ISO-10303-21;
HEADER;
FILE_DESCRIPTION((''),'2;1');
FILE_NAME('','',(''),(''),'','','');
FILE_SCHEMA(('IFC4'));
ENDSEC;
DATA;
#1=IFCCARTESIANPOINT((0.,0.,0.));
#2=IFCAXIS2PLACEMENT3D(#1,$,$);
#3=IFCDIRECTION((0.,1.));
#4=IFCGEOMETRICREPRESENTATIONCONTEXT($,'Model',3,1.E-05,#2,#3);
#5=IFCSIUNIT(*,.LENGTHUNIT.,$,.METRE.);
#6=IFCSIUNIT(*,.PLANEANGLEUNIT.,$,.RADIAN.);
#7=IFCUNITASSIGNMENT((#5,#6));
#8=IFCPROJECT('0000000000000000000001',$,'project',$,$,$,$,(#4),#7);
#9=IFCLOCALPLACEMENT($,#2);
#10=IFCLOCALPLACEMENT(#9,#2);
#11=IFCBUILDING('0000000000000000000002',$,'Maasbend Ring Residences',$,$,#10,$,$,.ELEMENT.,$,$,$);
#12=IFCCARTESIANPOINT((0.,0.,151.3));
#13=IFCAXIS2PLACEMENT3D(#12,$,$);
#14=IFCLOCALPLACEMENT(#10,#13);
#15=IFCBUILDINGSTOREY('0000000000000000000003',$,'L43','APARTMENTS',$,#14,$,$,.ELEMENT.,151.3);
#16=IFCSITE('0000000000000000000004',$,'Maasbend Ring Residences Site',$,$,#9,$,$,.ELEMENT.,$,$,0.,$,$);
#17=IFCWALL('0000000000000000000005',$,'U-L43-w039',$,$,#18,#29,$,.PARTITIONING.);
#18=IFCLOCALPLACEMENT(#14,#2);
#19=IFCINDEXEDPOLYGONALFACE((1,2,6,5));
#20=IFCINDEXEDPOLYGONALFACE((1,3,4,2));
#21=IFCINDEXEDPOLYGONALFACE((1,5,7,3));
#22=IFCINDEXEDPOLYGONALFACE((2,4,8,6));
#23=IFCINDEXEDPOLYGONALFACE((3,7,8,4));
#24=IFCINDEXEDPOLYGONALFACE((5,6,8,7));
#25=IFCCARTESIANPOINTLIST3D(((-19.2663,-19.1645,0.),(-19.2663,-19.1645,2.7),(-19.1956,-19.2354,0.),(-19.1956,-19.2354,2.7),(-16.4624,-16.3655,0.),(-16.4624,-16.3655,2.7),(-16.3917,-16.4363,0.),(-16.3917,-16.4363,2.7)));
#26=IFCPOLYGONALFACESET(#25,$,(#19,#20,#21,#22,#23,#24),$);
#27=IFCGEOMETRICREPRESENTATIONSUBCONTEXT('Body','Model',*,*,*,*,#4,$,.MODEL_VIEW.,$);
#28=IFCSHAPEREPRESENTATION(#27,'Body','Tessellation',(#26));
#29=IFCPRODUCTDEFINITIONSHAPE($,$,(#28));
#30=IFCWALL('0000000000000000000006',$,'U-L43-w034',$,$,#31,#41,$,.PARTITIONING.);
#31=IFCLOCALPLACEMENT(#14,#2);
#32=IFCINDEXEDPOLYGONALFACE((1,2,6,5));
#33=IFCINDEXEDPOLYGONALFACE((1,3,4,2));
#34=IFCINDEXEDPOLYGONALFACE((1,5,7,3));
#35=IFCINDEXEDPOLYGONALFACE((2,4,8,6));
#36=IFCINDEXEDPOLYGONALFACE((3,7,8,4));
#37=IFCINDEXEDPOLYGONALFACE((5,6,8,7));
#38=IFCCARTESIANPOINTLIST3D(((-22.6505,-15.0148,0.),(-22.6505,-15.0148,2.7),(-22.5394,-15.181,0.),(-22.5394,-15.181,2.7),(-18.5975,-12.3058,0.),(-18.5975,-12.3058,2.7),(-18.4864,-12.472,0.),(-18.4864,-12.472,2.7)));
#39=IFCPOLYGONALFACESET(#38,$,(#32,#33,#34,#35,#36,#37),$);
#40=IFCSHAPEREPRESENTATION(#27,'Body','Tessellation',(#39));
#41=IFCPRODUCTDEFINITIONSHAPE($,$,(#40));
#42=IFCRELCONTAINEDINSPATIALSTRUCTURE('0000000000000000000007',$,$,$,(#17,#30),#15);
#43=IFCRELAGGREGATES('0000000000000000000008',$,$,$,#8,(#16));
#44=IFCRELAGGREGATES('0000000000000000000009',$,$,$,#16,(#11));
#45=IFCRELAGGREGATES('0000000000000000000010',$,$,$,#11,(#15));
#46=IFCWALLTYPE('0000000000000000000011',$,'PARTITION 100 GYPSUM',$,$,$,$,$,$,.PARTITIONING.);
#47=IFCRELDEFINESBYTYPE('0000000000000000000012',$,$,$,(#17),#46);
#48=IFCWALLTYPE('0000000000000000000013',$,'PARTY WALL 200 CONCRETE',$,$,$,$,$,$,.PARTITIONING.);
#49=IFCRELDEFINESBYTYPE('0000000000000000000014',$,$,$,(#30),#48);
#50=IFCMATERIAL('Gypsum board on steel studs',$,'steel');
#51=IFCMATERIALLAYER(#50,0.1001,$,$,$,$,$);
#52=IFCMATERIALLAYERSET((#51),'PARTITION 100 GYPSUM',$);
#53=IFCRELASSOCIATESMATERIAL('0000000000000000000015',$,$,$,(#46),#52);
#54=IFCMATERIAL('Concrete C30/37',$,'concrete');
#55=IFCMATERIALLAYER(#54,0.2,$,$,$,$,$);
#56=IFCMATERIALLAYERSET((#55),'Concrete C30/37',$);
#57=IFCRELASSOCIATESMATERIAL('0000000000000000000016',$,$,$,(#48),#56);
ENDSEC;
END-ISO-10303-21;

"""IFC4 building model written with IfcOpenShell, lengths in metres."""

from ifc_helpers import new_model, si_unit, direction, frame, frame_2d, origin, place, context, subcontext, project, spatial, rectangle, extrude, material, layer, layer_set, type_object, element, save


model = new_model("IFC4")

# Units and contexts
model_context = context("Model", 3, precision=1e-05, world=origin(), true_north=direction((0.0, 1.0)))
body_context = subcontext(model_context, "Body", "Model", "MODEL_VIEW")
ifc_project = project(units=[si_unit("LENGTHUNIT", "METRE"), si_unit("PLANEANGLEUNIT", "RADIAN")], contexts=[model_context])

# Site, building, storey
site_placement = place(None, origin())
site = spatial("IfcSite", under=ifc_project, at=site_placement, Name="Maasbend Ring Residences Site", CompositionType="ELEMENT", RefElevation=0.0)
building_placement = place(site_placement, origin())
building = spatial("IfcBuilding", under=site, at=building_placement, Name="Maasbend Ring Residences", CompositionType="ELEMENT")
storey_placement = place(building_placement, frame((0.0, 0.0, 151.3)))
storey = spatial("IfcBuildingStorey", under=building, at=storey_placement, Name="L43", Description="APARTMENTS", CompositionType="ELEMENT", Elevation=151.3)

# Shared definitions
ifc_material_1 = material(Name="Gypsum board on steel studs", Category="steel")
ifc_layer_1 = layer(ifc_material_1, 0.1001)
ifc_layer_set_1 = layer_set([ifc_layer_1], Name="PARTITION 100 GYPSUM")
wall_type_1 = type_object("IfcWallType", Name="PARTITION 100 GYPSUM", PredefinedType="PARTITIONING", material=ifc_layer_set_1)

# Walls
wall_1_placement = place(storey_placement, frame((-19.231, -19.2, 0.0), z_axis=(0.0, 0.0, 1.0), x_axis=(0.707723, 0.70649, 0.0)))
element("IfcWall", 1, at=wall_1_placement, inside=storey, type_object=wall_type_1, Name="U-L43-w039", PredefinedType="PARTITIONING", context=body_context, shape_type="SweptSolid", body=[
    extrude(rectangle(XDim=3.9619, YDim=0.1001, at=frame_2d((1.981, 0.0))), origin(), (0.0, 0.0, 1.0), 2.7),
])
ifc_material_2 = material(Name="Concrete C30/37", Category="concrete")
ifc_layer_2 = layer(ifc_material_2, 0.2)
ifc_layer_set_2 = layer_set([ifc_layer_2], Name="Concrete C30/37")
wall_type_2 = type_object("IfcWallType", Name="PARTY WALL 200 CONCRETE", PredefinedType="PARTITIONING", material=ifc_layer_set_2)
wall_2_placement = place(storey_placement, frame((-22.595, -15.0979, 0.0), z_axis=(0.0, 0.0, 1.0), x_axis=(0.831387, 0.555694, 0.0)))
element("IfcWall", 2, at=wall_2_placement, inside=storey, type_object=wall_type_2, Name="U-L43-w034", PredefinedType="PARTITIONING", context=body_context, shape_type="SweptSolid", body=[
    extrude(rectangle(XDim=4.875, YDim=0.2, at=frame_2d((2.4375, 0.0))), origin(), (0.0, 0.0, 1.0), 2.7),
])

save(model, "model.ifc")
